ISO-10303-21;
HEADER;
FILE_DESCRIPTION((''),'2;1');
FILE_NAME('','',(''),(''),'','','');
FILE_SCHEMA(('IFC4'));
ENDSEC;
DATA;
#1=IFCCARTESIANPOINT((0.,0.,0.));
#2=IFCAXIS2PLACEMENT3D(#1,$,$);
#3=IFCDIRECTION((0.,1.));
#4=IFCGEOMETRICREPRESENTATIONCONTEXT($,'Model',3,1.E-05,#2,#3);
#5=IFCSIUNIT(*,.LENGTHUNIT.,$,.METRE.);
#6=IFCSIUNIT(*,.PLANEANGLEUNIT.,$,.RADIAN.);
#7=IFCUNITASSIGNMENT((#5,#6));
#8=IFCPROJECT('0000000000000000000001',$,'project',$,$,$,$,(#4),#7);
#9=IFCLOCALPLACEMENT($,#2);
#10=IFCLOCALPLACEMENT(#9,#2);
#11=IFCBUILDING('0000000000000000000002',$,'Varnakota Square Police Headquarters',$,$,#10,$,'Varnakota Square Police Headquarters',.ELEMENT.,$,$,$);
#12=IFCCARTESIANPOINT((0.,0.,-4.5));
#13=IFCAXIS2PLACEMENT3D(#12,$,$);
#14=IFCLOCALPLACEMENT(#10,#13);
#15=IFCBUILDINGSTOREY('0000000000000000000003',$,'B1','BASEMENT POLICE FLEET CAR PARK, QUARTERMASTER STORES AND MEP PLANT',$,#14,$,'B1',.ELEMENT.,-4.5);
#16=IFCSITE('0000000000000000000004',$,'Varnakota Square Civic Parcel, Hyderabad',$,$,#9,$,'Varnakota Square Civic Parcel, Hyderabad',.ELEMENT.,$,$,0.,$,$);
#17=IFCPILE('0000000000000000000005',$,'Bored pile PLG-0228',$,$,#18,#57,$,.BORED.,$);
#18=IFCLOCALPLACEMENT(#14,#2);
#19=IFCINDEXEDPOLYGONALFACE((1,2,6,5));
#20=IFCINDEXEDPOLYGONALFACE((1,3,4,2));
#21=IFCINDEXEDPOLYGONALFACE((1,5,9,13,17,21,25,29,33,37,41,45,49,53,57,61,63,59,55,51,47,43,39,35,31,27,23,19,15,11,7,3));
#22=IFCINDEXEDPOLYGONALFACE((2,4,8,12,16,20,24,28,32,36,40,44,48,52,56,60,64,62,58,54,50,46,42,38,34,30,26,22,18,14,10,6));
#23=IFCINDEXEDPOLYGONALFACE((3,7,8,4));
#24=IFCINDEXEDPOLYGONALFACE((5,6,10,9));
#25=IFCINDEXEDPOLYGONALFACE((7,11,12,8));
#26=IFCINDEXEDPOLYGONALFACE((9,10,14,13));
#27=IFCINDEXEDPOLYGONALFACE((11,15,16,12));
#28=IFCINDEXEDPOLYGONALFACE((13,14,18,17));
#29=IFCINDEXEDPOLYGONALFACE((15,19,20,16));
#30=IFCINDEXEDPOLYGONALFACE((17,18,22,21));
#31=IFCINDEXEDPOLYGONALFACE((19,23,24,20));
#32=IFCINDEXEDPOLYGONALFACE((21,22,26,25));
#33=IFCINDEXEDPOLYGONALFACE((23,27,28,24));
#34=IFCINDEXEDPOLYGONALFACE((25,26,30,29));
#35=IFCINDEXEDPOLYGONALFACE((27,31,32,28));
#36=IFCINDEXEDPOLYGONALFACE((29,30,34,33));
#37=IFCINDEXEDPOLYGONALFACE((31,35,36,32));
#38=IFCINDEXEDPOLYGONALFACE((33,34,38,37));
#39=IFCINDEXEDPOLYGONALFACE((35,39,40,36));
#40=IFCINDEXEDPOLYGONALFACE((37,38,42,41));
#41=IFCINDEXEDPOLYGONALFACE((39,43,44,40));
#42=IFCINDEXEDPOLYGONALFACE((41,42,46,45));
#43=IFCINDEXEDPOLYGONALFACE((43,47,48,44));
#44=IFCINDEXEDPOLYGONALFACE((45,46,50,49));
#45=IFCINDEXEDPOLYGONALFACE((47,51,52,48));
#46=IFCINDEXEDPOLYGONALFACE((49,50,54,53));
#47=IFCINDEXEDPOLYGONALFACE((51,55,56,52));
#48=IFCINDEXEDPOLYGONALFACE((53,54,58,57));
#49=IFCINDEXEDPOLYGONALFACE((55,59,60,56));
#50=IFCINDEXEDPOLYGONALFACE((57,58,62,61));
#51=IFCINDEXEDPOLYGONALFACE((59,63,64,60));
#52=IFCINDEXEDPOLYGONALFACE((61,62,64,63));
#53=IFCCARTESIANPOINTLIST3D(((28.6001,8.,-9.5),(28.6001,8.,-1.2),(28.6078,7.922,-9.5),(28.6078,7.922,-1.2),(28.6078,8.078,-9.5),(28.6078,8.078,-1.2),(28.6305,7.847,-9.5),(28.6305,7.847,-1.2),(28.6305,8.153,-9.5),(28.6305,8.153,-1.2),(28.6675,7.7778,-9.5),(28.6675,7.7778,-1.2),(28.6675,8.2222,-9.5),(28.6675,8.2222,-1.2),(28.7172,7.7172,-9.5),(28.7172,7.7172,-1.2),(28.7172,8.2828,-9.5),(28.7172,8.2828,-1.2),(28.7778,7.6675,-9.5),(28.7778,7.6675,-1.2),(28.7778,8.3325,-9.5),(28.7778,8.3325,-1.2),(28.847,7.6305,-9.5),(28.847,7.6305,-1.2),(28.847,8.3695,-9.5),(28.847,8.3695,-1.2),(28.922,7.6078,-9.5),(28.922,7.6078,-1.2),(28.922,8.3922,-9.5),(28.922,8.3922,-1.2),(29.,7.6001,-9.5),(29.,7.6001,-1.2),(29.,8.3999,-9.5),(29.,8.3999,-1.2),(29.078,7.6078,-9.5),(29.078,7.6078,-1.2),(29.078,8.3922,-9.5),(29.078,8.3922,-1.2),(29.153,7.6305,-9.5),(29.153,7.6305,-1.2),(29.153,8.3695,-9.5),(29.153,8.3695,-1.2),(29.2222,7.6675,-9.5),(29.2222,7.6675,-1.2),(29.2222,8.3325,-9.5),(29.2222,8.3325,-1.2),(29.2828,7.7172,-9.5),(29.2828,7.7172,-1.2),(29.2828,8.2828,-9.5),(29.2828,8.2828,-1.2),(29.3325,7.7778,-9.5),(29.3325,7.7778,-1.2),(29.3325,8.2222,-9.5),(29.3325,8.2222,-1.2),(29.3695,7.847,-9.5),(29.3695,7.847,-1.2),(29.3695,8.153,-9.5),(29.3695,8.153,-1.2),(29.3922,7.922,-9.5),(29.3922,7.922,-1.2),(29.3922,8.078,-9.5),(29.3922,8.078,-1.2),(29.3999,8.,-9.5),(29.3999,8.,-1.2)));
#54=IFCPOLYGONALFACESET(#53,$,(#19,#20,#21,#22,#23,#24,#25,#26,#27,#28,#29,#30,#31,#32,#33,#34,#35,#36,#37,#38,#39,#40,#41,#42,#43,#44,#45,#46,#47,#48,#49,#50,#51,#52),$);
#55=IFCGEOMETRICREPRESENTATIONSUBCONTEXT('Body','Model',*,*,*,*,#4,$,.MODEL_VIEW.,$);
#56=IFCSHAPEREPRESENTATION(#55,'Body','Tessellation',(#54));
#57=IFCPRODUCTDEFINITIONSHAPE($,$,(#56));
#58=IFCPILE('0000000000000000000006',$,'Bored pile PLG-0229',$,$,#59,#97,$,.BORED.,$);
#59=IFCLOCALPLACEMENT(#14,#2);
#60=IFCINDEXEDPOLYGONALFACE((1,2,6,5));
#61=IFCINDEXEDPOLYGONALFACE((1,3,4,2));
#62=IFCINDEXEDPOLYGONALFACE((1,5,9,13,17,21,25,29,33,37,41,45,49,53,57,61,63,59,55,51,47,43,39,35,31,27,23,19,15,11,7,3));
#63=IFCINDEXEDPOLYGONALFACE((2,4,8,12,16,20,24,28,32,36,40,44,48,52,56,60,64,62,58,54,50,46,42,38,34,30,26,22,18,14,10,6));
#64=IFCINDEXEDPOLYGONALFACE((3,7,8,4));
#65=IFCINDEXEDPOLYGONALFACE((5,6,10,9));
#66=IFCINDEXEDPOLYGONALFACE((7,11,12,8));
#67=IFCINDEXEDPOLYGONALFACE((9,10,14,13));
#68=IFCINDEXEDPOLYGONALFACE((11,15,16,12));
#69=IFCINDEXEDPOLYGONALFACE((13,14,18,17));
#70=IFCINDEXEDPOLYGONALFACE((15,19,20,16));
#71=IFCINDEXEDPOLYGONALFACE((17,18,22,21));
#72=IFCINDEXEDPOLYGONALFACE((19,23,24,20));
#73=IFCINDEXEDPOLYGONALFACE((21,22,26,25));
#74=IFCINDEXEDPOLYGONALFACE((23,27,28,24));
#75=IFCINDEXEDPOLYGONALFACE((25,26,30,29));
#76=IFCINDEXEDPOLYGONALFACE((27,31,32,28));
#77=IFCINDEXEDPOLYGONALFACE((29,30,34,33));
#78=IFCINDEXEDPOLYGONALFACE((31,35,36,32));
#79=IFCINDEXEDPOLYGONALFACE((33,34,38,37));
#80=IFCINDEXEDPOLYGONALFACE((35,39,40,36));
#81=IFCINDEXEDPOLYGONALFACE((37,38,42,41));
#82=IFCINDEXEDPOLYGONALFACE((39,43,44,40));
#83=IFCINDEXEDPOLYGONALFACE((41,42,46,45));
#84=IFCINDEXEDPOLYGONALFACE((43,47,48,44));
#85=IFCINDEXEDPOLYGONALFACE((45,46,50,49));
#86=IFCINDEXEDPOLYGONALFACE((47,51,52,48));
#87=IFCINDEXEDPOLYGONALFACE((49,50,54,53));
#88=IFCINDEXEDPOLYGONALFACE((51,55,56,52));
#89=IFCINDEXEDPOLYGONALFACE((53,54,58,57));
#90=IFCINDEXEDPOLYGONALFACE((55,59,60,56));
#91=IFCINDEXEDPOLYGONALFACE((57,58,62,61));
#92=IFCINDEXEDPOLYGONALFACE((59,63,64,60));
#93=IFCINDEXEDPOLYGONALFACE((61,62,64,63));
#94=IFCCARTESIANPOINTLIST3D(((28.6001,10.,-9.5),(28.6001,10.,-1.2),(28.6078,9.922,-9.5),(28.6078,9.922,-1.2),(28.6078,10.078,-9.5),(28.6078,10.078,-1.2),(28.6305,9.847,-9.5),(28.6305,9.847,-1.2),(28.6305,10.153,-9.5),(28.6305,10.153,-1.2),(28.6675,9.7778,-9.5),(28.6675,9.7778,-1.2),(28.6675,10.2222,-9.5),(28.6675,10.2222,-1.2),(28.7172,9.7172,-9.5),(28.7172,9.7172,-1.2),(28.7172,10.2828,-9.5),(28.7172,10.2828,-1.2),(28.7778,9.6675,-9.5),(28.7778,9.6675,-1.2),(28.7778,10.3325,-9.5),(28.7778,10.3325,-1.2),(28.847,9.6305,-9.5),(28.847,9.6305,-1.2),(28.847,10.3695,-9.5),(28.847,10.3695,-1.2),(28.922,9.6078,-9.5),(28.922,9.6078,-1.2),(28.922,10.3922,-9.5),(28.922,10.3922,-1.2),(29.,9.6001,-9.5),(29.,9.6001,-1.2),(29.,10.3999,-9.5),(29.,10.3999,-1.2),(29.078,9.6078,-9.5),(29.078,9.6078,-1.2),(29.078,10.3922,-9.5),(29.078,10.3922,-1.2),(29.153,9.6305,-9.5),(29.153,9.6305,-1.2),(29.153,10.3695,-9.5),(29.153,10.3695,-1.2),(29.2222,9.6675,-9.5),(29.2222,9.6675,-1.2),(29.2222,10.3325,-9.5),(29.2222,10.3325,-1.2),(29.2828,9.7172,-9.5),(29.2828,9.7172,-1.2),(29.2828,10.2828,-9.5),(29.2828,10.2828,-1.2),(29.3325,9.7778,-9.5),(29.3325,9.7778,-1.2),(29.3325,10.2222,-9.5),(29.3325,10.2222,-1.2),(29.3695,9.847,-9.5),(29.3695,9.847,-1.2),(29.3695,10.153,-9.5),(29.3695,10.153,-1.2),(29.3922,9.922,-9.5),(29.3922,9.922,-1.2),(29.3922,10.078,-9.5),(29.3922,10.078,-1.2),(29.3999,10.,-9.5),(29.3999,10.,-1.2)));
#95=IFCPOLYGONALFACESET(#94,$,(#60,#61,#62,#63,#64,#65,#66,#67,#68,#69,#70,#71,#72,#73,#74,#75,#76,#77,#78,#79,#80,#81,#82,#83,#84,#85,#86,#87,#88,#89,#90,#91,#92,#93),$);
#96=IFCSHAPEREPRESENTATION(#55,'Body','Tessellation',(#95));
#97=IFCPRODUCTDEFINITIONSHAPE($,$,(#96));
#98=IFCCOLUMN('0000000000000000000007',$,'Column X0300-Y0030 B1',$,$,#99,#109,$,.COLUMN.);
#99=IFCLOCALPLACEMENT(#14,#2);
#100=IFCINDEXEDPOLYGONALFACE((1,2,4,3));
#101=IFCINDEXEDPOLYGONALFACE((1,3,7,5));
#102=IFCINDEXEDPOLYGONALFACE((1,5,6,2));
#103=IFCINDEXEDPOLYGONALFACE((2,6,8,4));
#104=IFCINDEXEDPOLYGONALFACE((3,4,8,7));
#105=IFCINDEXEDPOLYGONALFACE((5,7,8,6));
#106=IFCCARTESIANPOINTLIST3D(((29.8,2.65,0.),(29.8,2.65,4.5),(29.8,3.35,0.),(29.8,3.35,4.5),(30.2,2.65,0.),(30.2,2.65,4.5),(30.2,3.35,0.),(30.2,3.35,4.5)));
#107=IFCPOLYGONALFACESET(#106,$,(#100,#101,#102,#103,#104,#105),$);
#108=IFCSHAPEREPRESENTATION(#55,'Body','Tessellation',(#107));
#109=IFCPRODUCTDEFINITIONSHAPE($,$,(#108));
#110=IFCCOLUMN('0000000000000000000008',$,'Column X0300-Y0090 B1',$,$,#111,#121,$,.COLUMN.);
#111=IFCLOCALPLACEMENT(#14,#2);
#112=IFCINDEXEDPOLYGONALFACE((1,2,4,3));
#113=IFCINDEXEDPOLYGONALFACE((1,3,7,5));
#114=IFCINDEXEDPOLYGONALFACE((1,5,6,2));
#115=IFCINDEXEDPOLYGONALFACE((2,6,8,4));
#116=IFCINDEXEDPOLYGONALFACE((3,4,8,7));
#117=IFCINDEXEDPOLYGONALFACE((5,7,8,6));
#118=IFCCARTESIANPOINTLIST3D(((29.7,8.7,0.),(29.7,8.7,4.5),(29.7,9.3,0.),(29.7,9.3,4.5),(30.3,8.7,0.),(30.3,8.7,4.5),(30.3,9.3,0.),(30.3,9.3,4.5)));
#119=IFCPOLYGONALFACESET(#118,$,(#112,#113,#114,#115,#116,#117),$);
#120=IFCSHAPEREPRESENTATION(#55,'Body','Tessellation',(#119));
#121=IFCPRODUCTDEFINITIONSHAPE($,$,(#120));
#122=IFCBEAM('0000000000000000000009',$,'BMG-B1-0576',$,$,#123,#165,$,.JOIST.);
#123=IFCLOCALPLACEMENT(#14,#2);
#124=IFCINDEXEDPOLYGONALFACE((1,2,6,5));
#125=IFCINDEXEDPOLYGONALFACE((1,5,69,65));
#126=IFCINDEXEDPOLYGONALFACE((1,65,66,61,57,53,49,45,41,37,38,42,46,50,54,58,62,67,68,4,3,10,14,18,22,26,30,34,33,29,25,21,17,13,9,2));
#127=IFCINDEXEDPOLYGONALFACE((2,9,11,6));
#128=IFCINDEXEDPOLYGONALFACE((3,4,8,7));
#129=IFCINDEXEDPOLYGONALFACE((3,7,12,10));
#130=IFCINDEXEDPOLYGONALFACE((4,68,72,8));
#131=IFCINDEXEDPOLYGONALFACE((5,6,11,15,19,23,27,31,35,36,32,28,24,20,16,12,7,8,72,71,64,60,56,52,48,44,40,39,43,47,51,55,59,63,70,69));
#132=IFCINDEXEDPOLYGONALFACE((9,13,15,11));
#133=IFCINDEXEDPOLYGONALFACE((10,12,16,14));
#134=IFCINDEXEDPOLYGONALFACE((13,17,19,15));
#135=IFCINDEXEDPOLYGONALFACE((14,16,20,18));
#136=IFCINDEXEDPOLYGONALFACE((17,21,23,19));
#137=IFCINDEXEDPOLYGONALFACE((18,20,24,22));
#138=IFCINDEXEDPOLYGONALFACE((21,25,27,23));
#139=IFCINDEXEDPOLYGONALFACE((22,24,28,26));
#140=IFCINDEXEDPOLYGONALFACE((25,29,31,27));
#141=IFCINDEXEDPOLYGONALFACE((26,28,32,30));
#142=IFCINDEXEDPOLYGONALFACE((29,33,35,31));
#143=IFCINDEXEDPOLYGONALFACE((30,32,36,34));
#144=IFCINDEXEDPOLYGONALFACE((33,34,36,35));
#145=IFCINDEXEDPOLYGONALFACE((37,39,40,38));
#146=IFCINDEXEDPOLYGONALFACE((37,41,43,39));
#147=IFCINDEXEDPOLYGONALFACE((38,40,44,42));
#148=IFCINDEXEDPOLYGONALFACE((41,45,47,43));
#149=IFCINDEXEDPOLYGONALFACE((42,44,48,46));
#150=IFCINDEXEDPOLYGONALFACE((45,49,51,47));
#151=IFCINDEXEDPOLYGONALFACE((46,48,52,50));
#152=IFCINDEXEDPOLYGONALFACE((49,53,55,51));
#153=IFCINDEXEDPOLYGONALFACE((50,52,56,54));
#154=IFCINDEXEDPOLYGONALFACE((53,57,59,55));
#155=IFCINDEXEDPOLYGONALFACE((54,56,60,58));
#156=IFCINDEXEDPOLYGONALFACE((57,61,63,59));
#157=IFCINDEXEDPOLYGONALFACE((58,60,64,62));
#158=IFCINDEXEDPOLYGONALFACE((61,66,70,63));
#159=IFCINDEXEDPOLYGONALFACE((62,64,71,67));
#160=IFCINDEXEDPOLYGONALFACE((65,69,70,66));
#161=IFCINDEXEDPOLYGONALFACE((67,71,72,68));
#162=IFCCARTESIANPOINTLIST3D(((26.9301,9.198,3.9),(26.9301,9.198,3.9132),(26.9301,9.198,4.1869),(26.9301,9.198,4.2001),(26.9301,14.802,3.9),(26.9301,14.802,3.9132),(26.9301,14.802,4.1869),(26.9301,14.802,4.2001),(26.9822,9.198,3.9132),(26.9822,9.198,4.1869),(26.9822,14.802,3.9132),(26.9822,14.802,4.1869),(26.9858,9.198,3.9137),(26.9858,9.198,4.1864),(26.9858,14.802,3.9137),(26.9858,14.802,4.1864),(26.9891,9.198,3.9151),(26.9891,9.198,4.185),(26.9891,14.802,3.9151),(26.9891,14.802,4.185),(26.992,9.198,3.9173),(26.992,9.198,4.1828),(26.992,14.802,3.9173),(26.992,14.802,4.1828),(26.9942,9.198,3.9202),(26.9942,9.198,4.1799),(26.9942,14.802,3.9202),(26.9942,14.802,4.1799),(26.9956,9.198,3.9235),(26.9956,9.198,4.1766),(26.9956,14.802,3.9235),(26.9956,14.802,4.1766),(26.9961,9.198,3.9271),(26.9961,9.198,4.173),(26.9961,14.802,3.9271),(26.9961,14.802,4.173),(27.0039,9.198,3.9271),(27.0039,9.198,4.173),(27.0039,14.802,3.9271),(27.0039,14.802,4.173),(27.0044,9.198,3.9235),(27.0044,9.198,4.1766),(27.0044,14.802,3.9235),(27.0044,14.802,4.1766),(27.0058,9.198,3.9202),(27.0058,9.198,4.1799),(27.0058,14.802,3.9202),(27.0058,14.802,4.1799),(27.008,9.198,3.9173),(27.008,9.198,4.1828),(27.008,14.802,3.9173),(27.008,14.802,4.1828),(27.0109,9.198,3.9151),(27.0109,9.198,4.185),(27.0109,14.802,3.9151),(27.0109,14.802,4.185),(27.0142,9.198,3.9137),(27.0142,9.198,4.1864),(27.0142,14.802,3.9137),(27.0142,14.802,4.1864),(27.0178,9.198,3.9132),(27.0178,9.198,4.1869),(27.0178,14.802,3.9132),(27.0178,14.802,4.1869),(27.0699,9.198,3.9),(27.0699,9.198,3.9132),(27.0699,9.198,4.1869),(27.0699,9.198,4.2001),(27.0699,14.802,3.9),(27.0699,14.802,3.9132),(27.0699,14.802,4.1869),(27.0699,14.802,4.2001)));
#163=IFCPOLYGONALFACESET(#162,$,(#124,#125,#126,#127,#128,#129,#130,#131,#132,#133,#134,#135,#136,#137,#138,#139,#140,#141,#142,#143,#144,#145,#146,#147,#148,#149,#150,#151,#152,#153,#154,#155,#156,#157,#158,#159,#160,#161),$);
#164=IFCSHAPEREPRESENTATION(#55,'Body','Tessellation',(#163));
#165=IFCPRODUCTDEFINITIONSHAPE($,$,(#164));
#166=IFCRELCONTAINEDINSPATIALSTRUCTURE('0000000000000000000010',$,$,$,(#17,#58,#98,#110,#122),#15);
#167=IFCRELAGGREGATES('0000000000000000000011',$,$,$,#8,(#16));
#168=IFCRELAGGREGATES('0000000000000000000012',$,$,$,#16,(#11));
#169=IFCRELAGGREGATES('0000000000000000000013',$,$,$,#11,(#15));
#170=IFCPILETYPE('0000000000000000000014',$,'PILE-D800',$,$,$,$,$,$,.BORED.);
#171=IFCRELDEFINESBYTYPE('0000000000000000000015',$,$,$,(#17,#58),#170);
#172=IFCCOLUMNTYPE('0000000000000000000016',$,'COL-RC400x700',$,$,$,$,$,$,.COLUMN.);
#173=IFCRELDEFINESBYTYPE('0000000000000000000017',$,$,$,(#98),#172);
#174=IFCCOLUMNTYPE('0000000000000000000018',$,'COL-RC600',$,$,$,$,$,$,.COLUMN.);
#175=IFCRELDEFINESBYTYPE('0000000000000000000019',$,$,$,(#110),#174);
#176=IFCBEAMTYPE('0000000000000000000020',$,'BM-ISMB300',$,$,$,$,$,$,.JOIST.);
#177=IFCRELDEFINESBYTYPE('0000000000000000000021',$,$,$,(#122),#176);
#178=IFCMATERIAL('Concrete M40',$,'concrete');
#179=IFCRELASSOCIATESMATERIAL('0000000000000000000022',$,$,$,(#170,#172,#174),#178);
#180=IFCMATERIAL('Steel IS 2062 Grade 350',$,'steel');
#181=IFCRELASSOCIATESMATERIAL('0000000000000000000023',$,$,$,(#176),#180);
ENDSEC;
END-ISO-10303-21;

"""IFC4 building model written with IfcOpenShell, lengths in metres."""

from ifc_helpers import new_model, si_unit, direction, frame, origin, origin_2d, place, context, subcontext, project, spatial, rectangle, circle, i_section, extrude, material, material_profile, profile_set, type_object, element, save


model = new_model("IFC4")

# Units and contexts
model_context = context("Model", 3, precision=1e-05, world=origin(), true_north=direction((0.0, 1.0)))
body_context = subcontext(model_context, "Body", "Model", "MODEL_VIEW")
ifc_project = project(units=[si_unit("LENGTHUNIT", "METRE"), si_unit("PLANEANGLEUNIT", "RADIAN")], contexts=[model_context])

# Site, building, storey
site_placement = place(None, origin())
site = spatial("IfcSite", under=ifc_project, at=site_placement, Name="Varnakota Square Civic Parcel, Hyderabad", LongName="Varnakota Square Civic Parcel, Hyderabad", CompositionType="ELEMENT", RefElevation=0.0)
building_placement = place(site_placement, origin())
building = spatial("IfcBuilding", under=site, at=building_placement, Name="Varnakota Square Police Headquarters", LongName="Varnakota Square Police Headquarters", CompositionType="ELEMENT")
storey_placement = place(building_placement, frame((0.0, 0.0, -4.5)))
storey = spatial("IfcBuildingStorey", under=building, at=storey_placement, Name="B1", Description="BASEMENT POLICE FLEET CAR PARK, QUARTERMASTER STORES AND MEP PLANT", LongName="B1", CompositionType="ELEMENT", Elevation=-4.5)

# Shared definitions
ifc_material_1 = material(Name="Concrete M40", Category="concrete")

# Piles
ifc_material_profile_1 = material_profile(ifc_material_1, circle(Radius=0.3999, at=origin_2d()), Name="BORED PILE 800")
ifc_profile_set_1 = profile_set([ifc_material_profile_1], Name="Concrete M40")
pile_type = type_object("IfcPileType", Name="PILE-D800", PredefinedType="BORED", material=ifc_profile_set_1)
for number, where, z_axis, x_axis, name in (
    (1, (29.0, 8.0, -1.2), (0.0, 0.0, -1.0), (1.0, 0.0, 0.0), "Bored pile PLG-0228"),
    (2, (29.0, 10.0, -1.2), (0.0, 0.0, -1.0), (1.0, 0.0, 0.0), "Bored pile PLG-0229"),
):
    element("IfcPile", number, at=place(storey_placement, frame(where, z_axis=z_axis, x_axis=x_axis)), inside=storey, type_object=pile_type, Name=name, PredefinedType="BORED", context=body_context, shape_type="SweptSolid", body=[
        extrude(circle(Radius=0.3999, at=origin_2d()), origin(), (0.0, 0.0, 1.0), 8.3),
    ])

# Columns
ifc_material_profile_2 = material_profile(ifc_material_1, rectangle(XDim=0.3999, YDim=0.7, at=origin_2d()), Name="RC 400x700")
ifc_profile_set_2 = profile_set([ifc_material_profile_2], Name="Concrete M40")
column_type_1 = type_object("IfcColumnType", Name="COL-RC400x700", PredefinedType="COLUMN", material=ifc_profile_set_2)
column_1_placement = place(storey_placement, frame((30.0, 3.0, 0.0), z_axis=(0.0, 0.0, 1.0), x_axis=(1.0, 0.0, 0.0)))
element("IfcColumn", 3, at=column_1_placement, inside=storey, type_object=column_type_1, Name="Column X0300-Y0030 B1", PredefinedType="COLUMN", context=body_context, shape_type="SweptSolid", body=[
    extrude(rectangle(XDim=0.3999, YDim=0.7, at=origin_2d()), origin(), (0.0, 0.0, 1.0), 4.5),
])
ifc_material_profile_3 = material_profile(ifc_material_1, rectangle(XDim=0.6001, YDim=0.6001, at=origin_2d()), Name="RC 600x600")
ifc_profile_set_3 = profile_set([ifc_material_profile_3], Name="Concrete M40")
column_type_2 = type_object("IfcColumnType", Name="COL-RC600", PredefinedType="COLUMN", material=ifc_profile_set_3)
column_2_placement = place(storey_placement, frame((30.0, 9.0, 0.0), z_axis=(0.0, 0.0, 1.0), x_axis=(1.0, 0.0, 0.0)))
element("IfcColumn", 4, at=column_2_placement, inside=storey, type_object=column_type_2, Name="Column X0300-Y0090 B1", PredefinedType="COLUMN", context=body_context, shape_type="SweptSolid", body=[
    extrude(rectangle(XDim=0.6001, YDim=0.6001, at=origin_2d()), origin(), (0.0, 0.0, 1.0), 4.5),
])

# Beam
ifc_material_2 = material(Name="Steel IS 2062 Grade 350", Category="steel")
ifc_material_profile_4 = material_profile(ifc_material_2, i_section(OverallWidth=0.1399, OverallDepth=0.3, WebThickness=0.0078, FlangeThickness=0.0132, FilletRadius=0.0139, at=origin_2d()), Name="ISMB 300")
ifc_profile_set_4 = profile_set([ifc_material_profile_4], Name="Steel IS 2062 Grade 350")
beam_type_1 = type_object("IfcBeamType", Name="BM-ISMB300", PredefinedType="JOIST", material=ifc_profile_set_4)
beam_1_placement = place(storey_placement, frame((27.0, 9.198, 4.05), z_axis=(0.0, 1.0, 0.0), x_axis=(-1.0, 0.0, 0.0)))
element("IfcBeam", 5, at=beam_1_placement, inside=storey, type_object=beam_type_1, Name="BMG-B1-0576", PredefinedType="JOIST", context=body_context, shape_type="SweptSolid", body=[
    extrude(i_section(OverallWidth=0.1399, OverallDepth=0.3, WebThickness=0.0078, FlangeThickness=0.0132, FilletRadius=0.0139, at=origin_2d()), origin(), (0.0, 0.0, 1.0), 5.604),
])

save(model, "model.ifc")
